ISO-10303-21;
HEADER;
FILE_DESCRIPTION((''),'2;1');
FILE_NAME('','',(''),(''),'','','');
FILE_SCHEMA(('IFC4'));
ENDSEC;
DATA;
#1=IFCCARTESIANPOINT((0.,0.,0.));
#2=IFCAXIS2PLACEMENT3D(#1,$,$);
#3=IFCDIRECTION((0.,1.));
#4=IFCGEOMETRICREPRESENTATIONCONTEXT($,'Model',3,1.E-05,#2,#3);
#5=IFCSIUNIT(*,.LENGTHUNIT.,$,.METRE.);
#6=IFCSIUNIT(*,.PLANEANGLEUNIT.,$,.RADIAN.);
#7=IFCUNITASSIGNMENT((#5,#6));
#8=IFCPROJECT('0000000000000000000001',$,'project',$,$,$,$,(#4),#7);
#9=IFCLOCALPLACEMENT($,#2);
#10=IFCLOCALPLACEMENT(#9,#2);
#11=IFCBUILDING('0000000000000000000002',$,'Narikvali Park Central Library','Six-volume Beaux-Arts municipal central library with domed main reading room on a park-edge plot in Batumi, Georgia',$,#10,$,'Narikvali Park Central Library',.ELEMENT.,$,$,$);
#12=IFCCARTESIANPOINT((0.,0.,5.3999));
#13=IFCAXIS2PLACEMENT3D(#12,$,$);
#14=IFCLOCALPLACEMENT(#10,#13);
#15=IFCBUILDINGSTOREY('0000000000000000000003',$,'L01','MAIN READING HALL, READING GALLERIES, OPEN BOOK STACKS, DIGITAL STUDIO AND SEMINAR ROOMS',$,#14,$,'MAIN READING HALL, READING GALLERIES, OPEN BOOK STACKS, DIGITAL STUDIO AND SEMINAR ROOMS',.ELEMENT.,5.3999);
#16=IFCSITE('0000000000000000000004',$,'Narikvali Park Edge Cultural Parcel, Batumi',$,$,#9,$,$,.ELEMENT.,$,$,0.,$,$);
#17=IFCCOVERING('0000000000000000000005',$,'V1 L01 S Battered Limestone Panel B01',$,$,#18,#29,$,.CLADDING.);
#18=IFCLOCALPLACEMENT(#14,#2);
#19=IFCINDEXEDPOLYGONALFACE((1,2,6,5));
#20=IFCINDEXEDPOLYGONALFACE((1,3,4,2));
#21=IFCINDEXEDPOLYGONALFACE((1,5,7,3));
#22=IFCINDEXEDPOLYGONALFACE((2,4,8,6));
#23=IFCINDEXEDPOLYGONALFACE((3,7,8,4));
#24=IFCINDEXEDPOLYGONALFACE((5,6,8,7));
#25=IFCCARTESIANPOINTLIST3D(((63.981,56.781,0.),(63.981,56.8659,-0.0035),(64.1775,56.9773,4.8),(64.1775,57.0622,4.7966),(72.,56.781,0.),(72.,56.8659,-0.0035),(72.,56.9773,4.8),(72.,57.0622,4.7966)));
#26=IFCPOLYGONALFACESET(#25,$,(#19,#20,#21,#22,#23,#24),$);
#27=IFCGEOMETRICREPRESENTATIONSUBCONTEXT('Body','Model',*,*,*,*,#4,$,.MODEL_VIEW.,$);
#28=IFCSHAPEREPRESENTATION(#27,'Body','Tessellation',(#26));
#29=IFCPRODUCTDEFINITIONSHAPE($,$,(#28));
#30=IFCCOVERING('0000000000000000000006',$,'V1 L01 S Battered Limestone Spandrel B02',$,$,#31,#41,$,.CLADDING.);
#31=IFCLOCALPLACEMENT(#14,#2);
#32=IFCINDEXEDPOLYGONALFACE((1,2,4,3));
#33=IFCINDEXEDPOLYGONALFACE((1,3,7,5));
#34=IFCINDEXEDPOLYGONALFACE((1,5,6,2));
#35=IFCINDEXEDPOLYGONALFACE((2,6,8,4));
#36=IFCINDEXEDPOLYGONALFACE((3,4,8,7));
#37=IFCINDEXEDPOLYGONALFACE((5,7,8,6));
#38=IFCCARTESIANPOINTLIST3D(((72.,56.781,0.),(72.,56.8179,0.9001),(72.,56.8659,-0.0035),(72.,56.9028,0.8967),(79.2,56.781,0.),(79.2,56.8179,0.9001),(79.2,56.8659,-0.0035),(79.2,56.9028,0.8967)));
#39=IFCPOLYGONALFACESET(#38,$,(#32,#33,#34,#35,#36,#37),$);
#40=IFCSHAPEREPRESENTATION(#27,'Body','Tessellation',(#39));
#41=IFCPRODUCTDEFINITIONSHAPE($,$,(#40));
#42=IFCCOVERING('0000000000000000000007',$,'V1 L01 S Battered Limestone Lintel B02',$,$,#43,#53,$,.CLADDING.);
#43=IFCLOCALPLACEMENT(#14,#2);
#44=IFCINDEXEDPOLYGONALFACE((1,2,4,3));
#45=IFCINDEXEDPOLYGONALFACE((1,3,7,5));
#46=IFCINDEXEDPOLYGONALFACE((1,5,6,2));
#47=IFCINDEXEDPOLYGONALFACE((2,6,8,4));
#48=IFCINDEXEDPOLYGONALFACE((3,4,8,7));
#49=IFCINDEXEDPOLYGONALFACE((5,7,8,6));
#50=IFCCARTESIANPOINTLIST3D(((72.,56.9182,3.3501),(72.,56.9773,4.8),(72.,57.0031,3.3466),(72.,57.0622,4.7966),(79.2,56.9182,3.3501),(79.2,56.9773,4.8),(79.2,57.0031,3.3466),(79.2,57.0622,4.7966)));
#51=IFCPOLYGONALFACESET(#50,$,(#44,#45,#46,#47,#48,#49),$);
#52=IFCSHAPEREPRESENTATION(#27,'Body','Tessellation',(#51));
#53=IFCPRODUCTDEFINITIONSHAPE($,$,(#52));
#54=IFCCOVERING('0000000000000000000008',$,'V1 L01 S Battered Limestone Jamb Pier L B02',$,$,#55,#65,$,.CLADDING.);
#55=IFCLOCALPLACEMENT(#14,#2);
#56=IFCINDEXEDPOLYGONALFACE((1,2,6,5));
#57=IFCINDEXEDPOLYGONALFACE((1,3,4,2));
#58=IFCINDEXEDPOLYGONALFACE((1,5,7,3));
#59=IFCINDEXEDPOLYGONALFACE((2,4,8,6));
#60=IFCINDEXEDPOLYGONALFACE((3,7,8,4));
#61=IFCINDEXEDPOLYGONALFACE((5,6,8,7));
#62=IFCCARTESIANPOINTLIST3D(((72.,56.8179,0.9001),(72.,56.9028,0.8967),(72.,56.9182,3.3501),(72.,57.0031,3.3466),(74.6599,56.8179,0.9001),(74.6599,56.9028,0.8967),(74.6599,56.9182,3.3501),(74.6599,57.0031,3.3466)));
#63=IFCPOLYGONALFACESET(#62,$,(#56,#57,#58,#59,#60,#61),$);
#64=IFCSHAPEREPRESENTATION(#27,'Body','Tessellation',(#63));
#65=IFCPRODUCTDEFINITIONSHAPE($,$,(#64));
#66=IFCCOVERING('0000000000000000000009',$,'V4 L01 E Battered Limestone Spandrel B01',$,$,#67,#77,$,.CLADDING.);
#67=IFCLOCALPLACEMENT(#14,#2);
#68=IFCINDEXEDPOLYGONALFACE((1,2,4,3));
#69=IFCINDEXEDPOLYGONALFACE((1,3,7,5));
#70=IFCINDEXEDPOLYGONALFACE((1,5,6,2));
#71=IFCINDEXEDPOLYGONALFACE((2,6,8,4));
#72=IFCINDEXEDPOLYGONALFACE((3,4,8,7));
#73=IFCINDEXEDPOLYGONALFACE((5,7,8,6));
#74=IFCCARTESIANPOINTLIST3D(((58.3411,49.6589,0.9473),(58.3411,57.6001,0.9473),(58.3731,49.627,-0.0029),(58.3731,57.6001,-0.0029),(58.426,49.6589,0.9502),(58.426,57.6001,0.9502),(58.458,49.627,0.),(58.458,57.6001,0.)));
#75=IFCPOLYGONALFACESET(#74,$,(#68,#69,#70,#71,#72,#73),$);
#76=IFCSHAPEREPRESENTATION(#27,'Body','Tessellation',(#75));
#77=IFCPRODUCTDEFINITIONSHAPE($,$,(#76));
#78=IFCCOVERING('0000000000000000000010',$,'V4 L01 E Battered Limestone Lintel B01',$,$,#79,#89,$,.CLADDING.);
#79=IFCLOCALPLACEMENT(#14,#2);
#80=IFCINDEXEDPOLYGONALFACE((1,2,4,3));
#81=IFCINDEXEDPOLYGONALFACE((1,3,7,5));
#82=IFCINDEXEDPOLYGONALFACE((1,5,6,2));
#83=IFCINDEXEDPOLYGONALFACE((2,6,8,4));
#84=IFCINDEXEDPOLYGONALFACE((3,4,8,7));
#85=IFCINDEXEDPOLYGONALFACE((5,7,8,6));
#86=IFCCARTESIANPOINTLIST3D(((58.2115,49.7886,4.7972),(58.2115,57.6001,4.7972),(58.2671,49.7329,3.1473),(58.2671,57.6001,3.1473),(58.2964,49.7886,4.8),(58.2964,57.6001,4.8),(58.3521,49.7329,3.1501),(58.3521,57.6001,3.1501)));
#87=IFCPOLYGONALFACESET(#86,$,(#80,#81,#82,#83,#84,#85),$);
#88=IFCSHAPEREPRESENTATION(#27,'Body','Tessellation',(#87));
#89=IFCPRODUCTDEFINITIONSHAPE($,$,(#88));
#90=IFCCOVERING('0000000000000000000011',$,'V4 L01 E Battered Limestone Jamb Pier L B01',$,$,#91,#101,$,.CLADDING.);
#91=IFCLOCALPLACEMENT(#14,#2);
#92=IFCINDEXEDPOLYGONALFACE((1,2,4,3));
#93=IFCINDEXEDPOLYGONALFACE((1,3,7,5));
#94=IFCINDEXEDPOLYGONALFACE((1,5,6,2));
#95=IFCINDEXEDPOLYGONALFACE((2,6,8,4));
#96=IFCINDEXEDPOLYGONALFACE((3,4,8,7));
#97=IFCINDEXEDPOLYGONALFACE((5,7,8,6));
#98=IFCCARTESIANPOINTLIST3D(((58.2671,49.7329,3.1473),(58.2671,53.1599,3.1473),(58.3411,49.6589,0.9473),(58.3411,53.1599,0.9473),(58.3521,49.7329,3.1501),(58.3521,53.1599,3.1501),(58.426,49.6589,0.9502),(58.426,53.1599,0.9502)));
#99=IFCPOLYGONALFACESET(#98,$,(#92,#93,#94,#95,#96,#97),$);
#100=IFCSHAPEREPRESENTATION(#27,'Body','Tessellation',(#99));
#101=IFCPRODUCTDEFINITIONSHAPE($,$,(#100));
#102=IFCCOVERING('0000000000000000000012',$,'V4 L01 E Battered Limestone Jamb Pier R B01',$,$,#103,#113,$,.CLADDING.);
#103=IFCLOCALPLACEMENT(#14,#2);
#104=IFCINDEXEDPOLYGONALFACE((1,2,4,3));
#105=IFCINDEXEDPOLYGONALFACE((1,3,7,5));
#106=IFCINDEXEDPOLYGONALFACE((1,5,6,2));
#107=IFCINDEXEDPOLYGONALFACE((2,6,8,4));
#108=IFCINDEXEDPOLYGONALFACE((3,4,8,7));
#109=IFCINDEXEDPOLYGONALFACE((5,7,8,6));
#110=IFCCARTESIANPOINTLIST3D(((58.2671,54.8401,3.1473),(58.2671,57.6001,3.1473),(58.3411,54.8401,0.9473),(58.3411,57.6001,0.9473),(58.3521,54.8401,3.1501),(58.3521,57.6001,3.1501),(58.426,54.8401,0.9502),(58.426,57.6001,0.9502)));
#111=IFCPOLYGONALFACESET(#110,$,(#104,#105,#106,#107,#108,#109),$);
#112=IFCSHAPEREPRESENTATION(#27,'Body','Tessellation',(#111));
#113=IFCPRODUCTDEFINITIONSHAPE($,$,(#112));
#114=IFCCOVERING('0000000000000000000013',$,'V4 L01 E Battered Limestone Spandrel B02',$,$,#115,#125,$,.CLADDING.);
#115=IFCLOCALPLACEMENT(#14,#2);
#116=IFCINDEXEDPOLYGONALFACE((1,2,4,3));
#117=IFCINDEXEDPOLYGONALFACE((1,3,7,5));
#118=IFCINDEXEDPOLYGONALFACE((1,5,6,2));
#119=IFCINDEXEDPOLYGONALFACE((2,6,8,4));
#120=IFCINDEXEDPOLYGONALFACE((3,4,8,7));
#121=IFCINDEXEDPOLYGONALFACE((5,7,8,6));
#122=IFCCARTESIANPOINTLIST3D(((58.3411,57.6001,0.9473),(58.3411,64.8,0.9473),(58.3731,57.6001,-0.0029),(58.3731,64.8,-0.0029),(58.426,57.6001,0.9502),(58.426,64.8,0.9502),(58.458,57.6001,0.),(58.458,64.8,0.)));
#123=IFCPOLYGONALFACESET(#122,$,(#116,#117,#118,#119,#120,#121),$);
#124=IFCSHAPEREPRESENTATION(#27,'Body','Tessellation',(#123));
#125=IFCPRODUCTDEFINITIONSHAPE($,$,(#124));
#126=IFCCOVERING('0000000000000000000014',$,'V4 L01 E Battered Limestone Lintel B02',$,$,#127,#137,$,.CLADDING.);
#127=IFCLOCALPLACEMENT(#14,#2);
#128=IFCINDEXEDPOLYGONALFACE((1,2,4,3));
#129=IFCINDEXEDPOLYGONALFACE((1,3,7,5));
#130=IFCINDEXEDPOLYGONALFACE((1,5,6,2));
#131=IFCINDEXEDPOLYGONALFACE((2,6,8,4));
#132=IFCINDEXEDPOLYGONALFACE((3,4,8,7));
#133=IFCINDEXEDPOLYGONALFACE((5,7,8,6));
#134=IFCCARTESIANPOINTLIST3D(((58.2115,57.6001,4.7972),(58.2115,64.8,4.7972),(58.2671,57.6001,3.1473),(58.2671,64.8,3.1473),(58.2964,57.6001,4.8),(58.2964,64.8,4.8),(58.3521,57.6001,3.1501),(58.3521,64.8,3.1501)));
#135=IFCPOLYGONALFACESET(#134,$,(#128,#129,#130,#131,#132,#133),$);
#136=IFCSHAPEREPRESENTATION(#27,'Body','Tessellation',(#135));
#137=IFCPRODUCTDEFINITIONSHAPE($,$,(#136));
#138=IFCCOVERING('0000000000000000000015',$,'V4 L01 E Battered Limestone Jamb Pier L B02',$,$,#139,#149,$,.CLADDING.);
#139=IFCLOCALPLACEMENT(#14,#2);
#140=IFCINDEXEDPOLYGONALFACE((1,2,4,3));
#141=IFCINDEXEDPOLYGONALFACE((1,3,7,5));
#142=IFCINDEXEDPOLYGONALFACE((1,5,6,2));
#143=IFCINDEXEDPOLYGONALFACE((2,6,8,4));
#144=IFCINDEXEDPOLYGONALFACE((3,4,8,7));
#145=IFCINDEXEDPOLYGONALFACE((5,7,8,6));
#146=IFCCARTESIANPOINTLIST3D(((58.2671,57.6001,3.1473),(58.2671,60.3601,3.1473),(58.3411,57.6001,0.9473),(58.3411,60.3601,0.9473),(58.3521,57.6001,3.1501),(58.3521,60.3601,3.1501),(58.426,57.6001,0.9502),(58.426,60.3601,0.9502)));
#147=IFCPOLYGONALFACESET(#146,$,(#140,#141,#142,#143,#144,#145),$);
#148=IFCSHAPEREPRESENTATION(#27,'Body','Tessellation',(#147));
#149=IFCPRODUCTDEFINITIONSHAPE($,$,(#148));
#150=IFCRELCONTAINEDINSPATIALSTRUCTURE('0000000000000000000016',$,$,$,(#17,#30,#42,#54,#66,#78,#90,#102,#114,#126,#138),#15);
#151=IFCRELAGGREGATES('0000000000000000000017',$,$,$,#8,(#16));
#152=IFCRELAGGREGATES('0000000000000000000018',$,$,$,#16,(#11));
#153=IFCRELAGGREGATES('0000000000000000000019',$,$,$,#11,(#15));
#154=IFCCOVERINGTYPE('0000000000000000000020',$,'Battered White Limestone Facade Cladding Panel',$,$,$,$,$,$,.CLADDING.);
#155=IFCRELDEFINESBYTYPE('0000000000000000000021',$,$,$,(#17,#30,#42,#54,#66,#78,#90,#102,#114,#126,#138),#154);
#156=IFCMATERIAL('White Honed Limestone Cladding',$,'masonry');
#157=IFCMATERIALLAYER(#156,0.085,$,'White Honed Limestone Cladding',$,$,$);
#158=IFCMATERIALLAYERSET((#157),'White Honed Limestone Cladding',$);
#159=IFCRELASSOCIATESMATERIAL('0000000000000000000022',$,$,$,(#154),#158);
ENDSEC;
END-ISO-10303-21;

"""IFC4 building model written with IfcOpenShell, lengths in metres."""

from ifc_helpers import new_model, si_unit, direction, frame, origin, place, context, subcontext, project, spatial, polyline, outline, extrude, material, layer, layer_set, type_object, element, save


model = new_model("IFC4")

# Units and contexts
model_context = context("Model", 3, precision=1e-05, world=origin(), true_north=direction((0.0, 1.0)))
body_context = subcontext(model_context, "Body", "Model", "MODEL_VIEW")
ifc_project = project(units=[si_unit("LENGTHUNIT", "METRE"), si_unit("PLANEANGLEUNIT", "RADIAN")], contexts=[model_context])

# Site, building, storey
site_placement = place(None, origin())
site = spatial("IfcSite", under=ifc_project, at=site_placement, Name="Narikvali Park Edge Cultural Parcel, Batumi", CompositionType="ELEMENT", RefElevation=0.0)
building_placement = place(site_placement, origin())
building = spatial("IfcBuilding", under=site, at=building_placement, Name="Narikvali Park Central Library", Description="Six-volume Beaux-Arts municipal central library with domed main reading room on a park-edge plot in Batumi, Georgia", LongName="Narikvali Park Central Library", CompositionType="ELEMENT")
storey_placement = place(building_placement, frame((0.0, 0.0, 5.3999)))
storey = spatial("IfcBuildingStorey", under=building, at=storey_placement, Name="L01", Description="MAIN READING HALL, READING GALLERIES, OPEN BOOK STACKS, DIGITAL STUDIO AND SEMINAR ROOMS", LongName="MAIN READING HALL, READING GALLERIES, OPEN BOOK STACKS, DIGITAL STUDIO AND SEMINAR ROOMS", CompositionType="ELEMENT", Elevation=5.3999)

# Coverings
ifc_material_1 = material(Name="White Honed Limestone Cladding", Category="masonry")
ifc_layer_1 = layer(ifc_material_1, 0.085, Name="White Honed Limestone Cladding")
ifc_layer_set_1 = layer_set([ifc_layer_1], Name="White Honed Limestone Cladding")
covering_type = type_object("IfcCoveringType", Name="Battered White Limestone Facade Cladding Panel", PredefinedType="CLADDING", material=ifc_layer_set_1)
covering_1_placement = place(storey_placement, frame((63.981, 56.781, 0.0), z_axis=(0.0, -0.999165, 0.040859), x_axis=(1.0, 0.0, 0.0)))
element("IfcCovering", 1, at=covering_1_placement, inside=storey, type_object=covering_type, Name="V1 L01 S Battered Limestone Panel B01", PredefinedType="CLADDING", context=body_context, shape_type="SweptSolid", body=[
    extrude(outline(polyline([(0.0, 0.0), (8.019, 0.0), (8.019, 4.8041), (0.1965, 4.8041), (0.0, 0.0)])), origin(), (0.0, 0.0, -1.0), 0.085),
])
covering_2_placement = place(storey_placement, frame((72.0, 56.781, 0.0), z_axis=(0.0, -0.999162, 0.04092), x_axis=(1.0, 0.0, 0.0)))
element("IfcCovering", 2, at=covering_2_placement, inside=storey, type_object=covering_type, Name="V1 L01 S Battered Limestone Spandrel B02", PredefinedType="CLADDING", context=body_context, shape_type="SweptSolid", body=[
    extrude(outline(polyline([(0.0, 0.0), (7.2, 0.0), (7.2, 0.9009), (0.0, 0.9009), (0.0, 0.0)])), origin(), (0.0, 0.0, -1.0), 0.085),
])
covering_3_placement = place(storey_placement, frame((72.0, 56.9182, 3.3501), z_axis=(0.0, -0.999171, 0.040714), x_axis=(1.0, 0.0, 0.0)))
element("IfcCovering", 3, at=covering_3_placement, inside=storey, type_object=covering_type, Name="V1 L01 S Battered Limestone Lintel B02", PredefinedType="CLADDING", context=body_context, shape_type="SweptSolid", body=[
    extrude(outline(polyline([(0.0, 0.0), (7.2, 0.0), (7.2, 1.4512), (0.0, 1.4512), (0.0, 0.0)])), origin(), (0.0, 0.0, -1.0), 0.085),
])
covering_4_placement = place(storey_placement, frame((72.0, 56.8179, 0.9001), z_axis=(0.0, -0.999162, 0.040922), x_axis=(1.0, 0.0, 0.0)))
element("IfcCovering", 4, at=covering_4_placement, inside=storey, type_object=covering_type, Name="V1 L01 S Battered Limestone Jamb Pier L B02", PredefinedType="CLADDING", context=body_context, shape_type="SweptSolid", body=[
    extrude(outline(polyline([(0.0, 0.0), (2.6599, 0.0), (2.6599, 2.452), (0.0, 2.452), (0.0, 0.0)])), origin(), (0.0, 0.0, -1.0), 0.085),
])
covering_5_placement = place(storey_placement, frame((58.458, 49.627, 0.0), z_axis=(0.999434, 0.0, 0.03364), x_axis=(0.0, 1.0, 0.0)))
element("IfcCovering", 5, at=covering_5_placement, inside=storey, type_object=covering_type, Name="V4 L01 E Battered Limestone Spandrel B01", PredefinedType="CLADDING", context=body_context, shape_type="SweptSolid", body=[
    extrude(outline(polyline([(0.0, 0.0), (7.9731, 0.0), (7.9731, 0.9507), (0.032, 0.9507), (0.0, 0.0)])), origin(), (0.0, 0.0, -1.0), 0.085),
])
covering_6_placement = place(storey_placement, frame((58.3521, 49.7329, 3.1501), z_axis=(0.999431, 0.0, 0.033719), x_axis=(0.0, 1.0, 0.0)))
element("IfcCovering", 6, at=covering_6_placement, inside=storey, type_object=covering_type, Name="V4 L01 E Battered Limestone Lintel B01", PredefinedType="CLADDING", context=body_context, shape_type="SweptSolid", body=[
    extrude(outline(polyline([(0.0, 0.0), (7.8672, 0.0), (7.8672, 1.6508), (0.0557, 1.6508), (0.0, 0.0)])), origin(), (0.0, 0.0, -1.0), 0.085),
])
covering_7_placement = place(storey_placement, frame((58.426, 49.6589, 0.9502), z_axis=(0.999435, 0.0, 0.033607), x_axis=(0.0, 1.0, 0.0)))
element("IfcCovering", 7, at=covering_7_placement, inside=storey, type_object=covering_type, Name="V4 L01 E Battered Limestone Jamb Pier L B01", PredefinedType="CLADDING", context=body_context, shape_type="SweptSolid", body=[
    extrude(outline(polyline([(0.0, 0.0), (3.501, 0.0), (3.501, 2.2012), (0.074, 2.2012), (0.0, 0.0)])), origin(), (0.0, 0.0, -1.0), 0.085),
])
covering_8_placement = place(storey_placement, frame((58.426, 54.8401, 0.9502), z_axis=(0.999435, 0.0, 0.033607), x_axis=(0.0, 1.0, 0.0)))
element("IfcCovering", 8, at=covering_8_placement, inside=storey, type_object=covering_type, Name="V4 L01 E Battered Limestone Jamb Pier R B01", PredefinedType="CLADDING", context=body_context, shape_type="SweptSolid", body=[
    extrude(outline(polyline([(0.0, 0.0), (2.76, 0.0), (2.76, 2.2012), (0.0, 2.2012), (0.0, 0.0)])), origin(), (0.0, 0.0, -1.0), 0.085),
])
covering_9_placement = place(storey_placement, frame((58.458, 57.6001, 0.0), z_axis=(0.999434, 0.0, 0.03364), x_axis=(0.0, 1.0, 0.0)))
element("IfcCovering", 9, at=covering_9_placement, inside=storey, type_object=covering_type, Name="V4 L01 E Battered Limestone Spandrel B02", PredefinedType="CLADDING", context=body_context, shape_type="SweptSolid", body=[
    extrude(outline(polyline([(0.0, 0.0), (7.2, 0.0), (7.2, 0.9507), (0.0, 0.9507), (0.0, 0.0)])), origin(), (0.0, 0.0, -1.0), 0.085),
])
covering_10_placement = place(storey_placement, frame((58.3521, 57.6001, 3.1501), z_axis=(0.999431, 0.0, 0.033719), x_axis=(0.0, 1.0, 0.0)))
element("IfcCovering", 10, at=covering_10_placement, inside=storey, type_object=covering_type, Name="V4 L01 E Battered Limestone Lintel B02", PredefinedType="CLADDING", context=body_context, shape_type="SweptSolid", body=[
    extrude(outline(polyline([(0.0, 0.0), (7.2, 0.0), (7.2, 1.6508), (0.0, 1.6508), (0.0, 0.0)])), origin(), (0.0, 0.0, -1.0), 0.085),
])
covering_11_placement = place(storey_placement, frame((58.426, 57.6001, 0.9502), z_axis=(0.999435, 0.0, 0.033607), x_axis=(0.0, 1.0, 0.0)))
element("IfcCovering", 11, at=covering_11_placement, inside=storey, type_object=covering_type, Name="V4 L01 E Battered Limestone Jamb Pier L B02", PredefinedType="CLADDING", context=body_context, shape_type="SweptSolid", body=[
    extrude(outline(polyline([(0.0, 0.0), (2.76, 0.0), (2.76, 2.2012), (0.0, 2.2012), (0.0, 0.0)])), origin(), (0.0, 0.0, -1.0), 0.085),
])

save(model, "model.ifc")
